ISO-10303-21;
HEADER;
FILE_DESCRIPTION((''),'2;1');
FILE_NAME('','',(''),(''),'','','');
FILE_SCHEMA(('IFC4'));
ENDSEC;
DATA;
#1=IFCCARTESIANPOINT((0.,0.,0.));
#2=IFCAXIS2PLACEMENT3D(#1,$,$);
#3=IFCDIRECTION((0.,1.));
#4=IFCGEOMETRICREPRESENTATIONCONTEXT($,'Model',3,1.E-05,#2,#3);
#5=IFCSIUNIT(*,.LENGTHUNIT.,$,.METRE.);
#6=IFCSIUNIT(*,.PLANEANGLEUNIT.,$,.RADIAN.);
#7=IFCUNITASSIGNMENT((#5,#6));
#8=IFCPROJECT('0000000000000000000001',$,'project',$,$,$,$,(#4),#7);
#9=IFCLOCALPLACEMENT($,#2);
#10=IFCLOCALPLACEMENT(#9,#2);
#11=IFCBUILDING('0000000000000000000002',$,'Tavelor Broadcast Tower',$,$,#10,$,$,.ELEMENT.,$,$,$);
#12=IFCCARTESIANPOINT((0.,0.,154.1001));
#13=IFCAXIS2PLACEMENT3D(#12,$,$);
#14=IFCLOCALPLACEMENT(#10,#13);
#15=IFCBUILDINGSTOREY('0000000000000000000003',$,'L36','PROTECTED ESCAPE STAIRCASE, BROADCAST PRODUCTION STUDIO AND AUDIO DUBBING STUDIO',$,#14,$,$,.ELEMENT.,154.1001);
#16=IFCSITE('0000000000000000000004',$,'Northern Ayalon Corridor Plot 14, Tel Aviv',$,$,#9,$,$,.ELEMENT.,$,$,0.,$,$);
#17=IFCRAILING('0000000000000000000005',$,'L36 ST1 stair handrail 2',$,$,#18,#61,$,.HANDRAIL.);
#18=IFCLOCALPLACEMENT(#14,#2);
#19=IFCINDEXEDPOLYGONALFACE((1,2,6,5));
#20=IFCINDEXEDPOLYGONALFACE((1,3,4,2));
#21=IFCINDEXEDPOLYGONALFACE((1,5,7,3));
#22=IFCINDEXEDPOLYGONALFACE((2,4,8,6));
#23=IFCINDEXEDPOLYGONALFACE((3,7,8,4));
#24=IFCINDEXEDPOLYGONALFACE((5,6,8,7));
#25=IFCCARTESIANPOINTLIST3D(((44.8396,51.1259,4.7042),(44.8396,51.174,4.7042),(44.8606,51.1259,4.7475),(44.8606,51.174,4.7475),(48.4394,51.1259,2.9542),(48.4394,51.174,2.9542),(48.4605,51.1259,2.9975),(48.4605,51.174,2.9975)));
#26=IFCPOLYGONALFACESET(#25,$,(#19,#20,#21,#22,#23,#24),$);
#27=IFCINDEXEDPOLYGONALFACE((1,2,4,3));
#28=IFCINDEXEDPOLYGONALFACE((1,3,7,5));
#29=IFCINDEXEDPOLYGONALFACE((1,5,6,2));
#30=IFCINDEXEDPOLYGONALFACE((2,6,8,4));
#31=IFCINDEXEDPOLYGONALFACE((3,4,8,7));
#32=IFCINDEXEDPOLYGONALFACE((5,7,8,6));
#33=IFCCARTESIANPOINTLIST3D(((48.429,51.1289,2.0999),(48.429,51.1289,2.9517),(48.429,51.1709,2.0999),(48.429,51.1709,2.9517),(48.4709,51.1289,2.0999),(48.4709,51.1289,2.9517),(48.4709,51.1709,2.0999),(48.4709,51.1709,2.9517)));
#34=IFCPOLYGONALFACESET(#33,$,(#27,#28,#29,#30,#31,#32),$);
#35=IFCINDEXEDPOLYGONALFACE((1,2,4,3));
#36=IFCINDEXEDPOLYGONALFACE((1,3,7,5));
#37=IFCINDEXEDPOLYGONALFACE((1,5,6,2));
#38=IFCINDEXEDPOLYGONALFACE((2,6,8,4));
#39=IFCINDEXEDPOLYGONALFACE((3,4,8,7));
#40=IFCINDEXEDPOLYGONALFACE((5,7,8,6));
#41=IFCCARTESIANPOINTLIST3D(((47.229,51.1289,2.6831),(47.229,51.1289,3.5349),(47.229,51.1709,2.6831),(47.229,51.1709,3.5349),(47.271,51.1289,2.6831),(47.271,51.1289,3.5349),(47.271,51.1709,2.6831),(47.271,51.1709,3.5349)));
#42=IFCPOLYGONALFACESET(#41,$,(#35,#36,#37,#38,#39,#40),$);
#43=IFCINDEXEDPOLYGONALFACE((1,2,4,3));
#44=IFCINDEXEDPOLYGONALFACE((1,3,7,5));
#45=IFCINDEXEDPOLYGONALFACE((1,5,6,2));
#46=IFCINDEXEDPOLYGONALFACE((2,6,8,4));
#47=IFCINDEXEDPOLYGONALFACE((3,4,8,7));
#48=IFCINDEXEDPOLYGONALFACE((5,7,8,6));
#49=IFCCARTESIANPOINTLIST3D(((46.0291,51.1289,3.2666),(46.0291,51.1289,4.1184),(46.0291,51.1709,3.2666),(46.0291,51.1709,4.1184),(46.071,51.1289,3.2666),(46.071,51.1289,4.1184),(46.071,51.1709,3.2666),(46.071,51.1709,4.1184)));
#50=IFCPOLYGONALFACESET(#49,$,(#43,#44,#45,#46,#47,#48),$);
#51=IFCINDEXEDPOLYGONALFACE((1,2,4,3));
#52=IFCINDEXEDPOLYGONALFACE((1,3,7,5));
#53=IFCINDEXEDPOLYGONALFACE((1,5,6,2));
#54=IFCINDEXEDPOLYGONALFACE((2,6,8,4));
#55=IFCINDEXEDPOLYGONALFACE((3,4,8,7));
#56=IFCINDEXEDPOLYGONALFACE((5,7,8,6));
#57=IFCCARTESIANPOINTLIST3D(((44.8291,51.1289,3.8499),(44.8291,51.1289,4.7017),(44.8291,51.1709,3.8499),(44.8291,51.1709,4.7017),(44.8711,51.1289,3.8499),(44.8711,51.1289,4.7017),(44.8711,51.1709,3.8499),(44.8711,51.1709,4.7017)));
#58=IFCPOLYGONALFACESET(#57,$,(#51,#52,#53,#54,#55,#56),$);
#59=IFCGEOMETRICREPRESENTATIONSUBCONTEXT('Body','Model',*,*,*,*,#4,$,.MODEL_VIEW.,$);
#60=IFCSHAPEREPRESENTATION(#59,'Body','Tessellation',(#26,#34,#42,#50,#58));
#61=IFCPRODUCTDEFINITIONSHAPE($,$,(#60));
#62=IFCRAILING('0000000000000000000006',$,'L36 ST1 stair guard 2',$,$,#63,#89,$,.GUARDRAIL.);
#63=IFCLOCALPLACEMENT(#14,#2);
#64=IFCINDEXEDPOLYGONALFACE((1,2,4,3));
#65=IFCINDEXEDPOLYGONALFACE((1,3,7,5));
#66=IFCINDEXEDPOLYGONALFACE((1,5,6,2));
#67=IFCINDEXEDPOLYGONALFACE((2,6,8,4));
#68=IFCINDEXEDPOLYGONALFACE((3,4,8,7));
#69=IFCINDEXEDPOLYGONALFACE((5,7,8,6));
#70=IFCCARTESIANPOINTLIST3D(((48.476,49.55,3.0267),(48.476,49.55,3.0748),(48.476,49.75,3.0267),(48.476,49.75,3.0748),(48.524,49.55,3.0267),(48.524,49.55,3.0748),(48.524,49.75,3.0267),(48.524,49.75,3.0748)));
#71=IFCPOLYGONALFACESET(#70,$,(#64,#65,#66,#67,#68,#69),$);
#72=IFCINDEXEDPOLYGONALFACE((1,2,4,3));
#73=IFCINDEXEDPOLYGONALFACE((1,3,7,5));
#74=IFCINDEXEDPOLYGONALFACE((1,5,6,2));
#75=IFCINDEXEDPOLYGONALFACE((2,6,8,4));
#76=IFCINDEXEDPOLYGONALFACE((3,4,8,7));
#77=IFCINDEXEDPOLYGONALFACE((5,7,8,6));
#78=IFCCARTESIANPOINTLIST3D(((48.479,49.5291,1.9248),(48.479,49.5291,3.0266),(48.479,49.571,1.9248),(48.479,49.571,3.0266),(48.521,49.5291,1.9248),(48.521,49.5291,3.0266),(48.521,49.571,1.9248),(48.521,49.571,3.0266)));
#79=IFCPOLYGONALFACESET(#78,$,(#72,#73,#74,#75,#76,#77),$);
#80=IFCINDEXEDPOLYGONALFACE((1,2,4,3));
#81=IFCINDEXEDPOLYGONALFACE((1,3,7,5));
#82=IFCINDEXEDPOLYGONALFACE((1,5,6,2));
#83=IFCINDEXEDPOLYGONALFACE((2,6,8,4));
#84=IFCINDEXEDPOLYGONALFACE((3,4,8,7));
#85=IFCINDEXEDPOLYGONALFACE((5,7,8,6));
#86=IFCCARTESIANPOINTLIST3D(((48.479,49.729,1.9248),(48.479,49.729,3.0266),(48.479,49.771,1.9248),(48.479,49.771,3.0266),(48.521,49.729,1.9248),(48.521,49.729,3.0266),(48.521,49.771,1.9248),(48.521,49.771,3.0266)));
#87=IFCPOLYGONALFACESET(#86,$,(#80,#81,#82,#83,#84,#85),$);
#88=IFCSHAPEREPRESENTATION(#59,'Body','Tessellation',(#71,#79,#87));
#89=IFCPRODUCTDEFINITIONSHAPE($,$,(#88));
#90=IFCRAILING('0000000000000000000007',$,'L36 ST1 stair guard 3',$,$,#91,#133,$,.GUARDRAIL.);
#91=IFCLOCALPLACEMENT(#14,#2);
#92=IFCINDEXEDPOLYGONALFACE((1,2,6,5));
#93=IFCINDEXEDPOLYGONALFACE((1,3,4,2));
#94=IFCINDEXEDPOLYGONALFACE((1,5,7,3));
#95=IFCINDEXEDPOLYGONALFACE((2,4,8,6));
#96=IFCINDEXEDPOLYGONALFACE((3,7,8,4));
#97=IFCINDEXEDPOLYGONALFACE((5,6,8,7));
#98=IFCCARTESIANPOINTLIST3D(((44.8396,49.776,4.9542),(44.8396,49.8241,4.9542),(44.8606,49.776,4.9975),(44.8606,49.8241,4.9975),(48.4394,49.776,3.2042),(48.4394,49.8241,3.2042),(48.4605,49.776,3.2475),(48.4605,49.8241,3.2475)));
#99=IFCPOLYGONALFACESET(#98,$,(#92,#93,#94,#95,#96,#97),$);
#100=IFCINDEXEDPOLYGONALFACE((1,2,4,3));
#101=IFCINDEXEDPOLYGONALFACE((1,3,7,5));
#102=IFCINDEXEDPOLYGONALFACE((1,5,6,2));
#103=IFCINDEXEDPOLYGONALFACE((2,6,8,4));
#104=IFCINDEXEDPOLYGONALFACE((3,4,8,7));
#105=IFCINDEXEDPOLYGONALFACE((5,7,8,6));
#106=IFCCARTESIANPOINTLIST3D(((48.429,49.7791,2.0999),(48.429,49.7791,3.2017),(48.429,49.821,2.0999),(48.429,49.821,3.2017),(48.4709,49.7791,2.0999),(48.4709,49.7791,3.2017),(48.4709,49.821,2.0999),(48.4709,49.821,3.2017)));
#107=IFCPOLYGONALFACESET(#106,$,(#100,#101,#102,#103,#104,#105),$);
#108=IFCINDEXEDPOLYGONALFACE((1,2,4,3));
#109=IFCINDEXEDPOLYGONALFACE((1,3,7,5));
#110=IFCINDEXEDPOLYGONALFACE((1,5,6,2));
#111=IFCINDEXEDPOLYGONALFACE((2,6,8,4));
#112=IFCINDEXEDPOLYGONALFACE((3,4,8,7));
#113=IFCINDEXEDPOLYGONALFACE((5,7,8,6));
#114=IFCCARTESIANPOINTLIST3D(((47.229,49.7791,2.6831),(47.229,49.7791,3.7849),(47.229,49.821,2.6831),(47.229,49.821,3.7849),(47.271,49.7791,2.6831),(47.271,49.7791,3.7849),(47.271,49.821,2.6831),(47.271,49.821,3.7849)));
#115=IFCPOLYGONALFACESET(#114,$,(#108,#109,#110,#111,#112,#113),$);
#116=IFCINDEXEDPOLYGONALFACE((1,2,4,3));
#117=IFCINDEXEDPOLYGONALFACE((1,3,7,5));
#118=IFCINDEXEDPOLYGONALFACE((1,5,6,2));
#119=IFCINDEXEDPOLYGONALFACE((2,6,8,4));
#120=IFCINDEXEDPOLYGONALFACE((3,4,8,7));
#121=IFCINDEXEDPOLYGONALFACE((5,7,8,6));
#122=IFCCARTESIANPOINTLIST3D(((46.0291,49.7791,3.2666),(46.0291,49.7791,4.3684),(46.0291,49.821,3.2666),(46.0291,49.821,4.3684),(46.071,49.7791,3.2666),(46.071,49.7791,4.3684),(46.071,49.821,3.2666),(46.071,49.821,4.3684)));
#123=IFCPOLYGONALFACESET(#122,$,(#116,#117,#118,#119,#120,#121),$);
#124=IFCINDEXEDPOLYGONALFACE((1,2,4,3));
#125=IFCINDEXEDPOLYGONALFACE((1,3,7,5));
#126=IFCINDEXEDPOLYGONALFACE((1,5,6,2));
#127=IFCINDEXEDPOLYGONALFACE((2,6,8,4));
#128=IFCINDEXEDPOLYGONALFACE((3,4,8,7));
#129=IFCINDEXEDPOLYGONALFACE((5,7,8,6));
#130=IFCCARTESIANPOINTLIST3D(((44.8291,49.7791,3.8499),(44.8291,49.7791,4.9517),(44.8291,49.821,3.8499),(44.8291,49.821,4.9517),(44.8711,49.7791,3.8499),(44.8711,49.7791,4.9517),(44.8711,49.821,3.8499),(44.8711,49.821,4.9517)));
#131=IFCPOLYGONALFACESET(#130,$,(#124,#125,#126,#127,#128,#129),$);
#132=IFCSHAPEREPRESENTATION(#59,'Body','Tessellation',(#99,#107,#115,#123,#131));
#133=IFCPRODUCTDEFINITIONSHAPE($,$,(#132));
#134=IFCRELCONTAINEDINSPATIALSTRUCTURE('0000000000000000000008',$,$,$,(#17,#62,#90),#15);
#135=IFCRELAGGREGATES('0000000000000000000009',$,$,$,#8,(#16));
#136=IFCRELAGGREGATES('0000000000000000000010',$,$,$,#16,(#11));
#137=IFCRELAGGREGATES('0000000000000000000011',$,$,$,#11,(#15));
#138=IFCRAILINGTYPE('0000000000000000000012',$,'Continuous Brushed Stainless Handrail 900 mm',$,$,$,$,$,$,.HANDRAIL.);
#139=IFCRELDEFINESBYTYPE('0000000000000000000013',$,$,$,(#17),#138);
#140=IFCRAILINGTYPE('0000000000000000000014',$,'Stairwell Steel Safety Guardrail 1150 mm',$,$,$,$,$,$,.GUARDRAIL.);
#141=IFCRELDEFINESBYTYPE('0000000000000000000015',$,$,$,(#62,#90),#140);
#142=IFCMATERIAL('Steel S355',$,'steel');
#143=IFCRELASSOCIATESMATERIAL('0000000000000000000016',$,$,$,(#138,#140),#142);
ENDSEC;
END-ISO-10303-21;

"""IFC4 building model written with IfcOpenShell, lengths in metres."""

from ifc_helpers import new_model, si_unit, direction, frame, origin, origin_2d, place, context, subcontext, project, spatial, rectangle, extrude, material, type_object, element, save


model = new_model("IFC4")

# Units and contexts
model_context = context("Model", 3, precision=1e-05, world=origin(), true_north=direction((0.0, 1.0)))
body_context = subcontext(model_context, "Body", "Model", "MODEL_VIEW")
ifc_project = project(units=[si_unit("LENGTHUNIT", "METRE"), si_unit("PLANEANGLEUNIT", "RADIAN")], contexts=[model_context])

# Site, building, storey
site_placement = place(None, origin())
site = spatial("IfcSite", under=ifc_project, at=site_placement, Name="Northern Ayalon Corridor Plot 14, Tel Aviv", CompositionType="ELEMENT", RefElevation=0.0)
building_placement = place(site_placement, origin())
building = spatial("IfcBuilding", under=site, at=building_placement, Name="Tavelor Broadcast Tower", CompositionType="ELEMENT")
storey_placement = place(building_placement, frame((0.0, 0.0, 154.1001)))
storey = spatial("IfcBuildingStorey", under=building, at=storey_placement, Name="L36", Description="PROTECTED ESCAPE STAIRCASE, BROADCAST PRODUCTION STUDIO AND AUDIO DUBBING STUDIO", CompositionType="ELEMENT", Elevation=154.1001)

# Shared definitions
ifc_material_1 = material(Name="Steel S355", Category="steel")

# Railings
railing_type_1 = type_object("IfcRailingType", Name="Continuous Brushed Stainless Handrail 900 mm", PredefinedType="HANDRAIL", material=ifc_material_1)
railing_1_placement = place(storey_placement, frame((48.45, 51.1499, 2.0999)))
element("IfcRailing", 1, at=railing_1_placement, inside=storey, type_object=railing_type_1, Name="L36 ST1 stair handrail 2", PredefinedType="HANDRAIL", context=body_context, shape_type="SweptSolid", body=[
    extrude(rectangle(XDim=0.0481, YDim=0.0481, at=origin_2d()), frame((0.0, 0.0, 0.876), z_axis=(-0.899361, 0.0, 0.437207), x_axis=(0.0, -1.0, 0.0)), (0.0, 0.0, 1.0), 4.0027),
    extrude(rectangle(XDim=0.042, YDim=0.042, at=origin_2d()), origin(), (0.0, 0.0, 1.0), 0.8518),
    extrude(rectangle(XDim=0.042, YDim=0.042, at=origin_2d()), frame((-1.2, 0.0, 0.5833)), (0.0, 0.0, 1.0), 0.8518),
    extrude(rectangle(XDim=0.042, YDim=0.042, at=origin_2d()), frame((-2.3999, 0.0, 1.1667)), (0.0, 0.0, 1.0), 0.8518),
    extrude(rectangle(XDim=0.042, YDim=0.042, at=origin_2d()), frame((-3.5999, 0.0, 1.75)), (0.0, 0.0, 1.0), 0.8518),
])
railing_type_2 = type_object("IfcRailingType", Name="Stairwell Steel Safety Guardrail 1150 mm", PredefinedType="GUARDRAIL", material=ifc_material_1)
railing_2_placement = place(storey_placement, frame((48.5, 49.55, 1.9248)))
element("IfcRailing", 2, at=railing_2_placement, inside=storey, type_object=railing_type_2, Name="L36 ST1 stair guard 2", PredefinedType="GUARDRAIL", context=body_context, shape_type="SweptSolid", body=[
    extrude(rectangle(XDim=0.0481, YDim=0.0481, at=origin_2d()), frame((0.0, 0.0, 1.126), z_axis=(0.0, 1.0, 0.0), x_axis=(-1.0, 0.0, 0.0)), (0.0, 0.0, 1.0), 0.2),
    extrude(rectangle(XDim=0.042, YDim=0.042, at=origin_2d()), origin(), (0.0, 0.0, 1.0), 1.1018),
    extrude(rectangle(XDim=0.042, YDim=0.042, at=origin_2d()), frame((0.0, 0.2, 0.0)), (0.0, 0.0, 1.0), 1.1018),
])
railing_3_placement = place(storey_placement, frame((48.45, 49.8, 2.0999)))
element("IfcRailing", 3, at=railing_3_placement, inside=storey, type_object=railing_type_2, Name="L36 ST1 stair guard 3", PredefinedType="GUARDRAIL", context=body_context, shape_type="SweptSolid", body=[
    extrude(rectangle(XDim=0.0481, YDim=0.0481, at=origin_2d()), frame((0.0, 0.0, 1.126), z_axis=(-0.899361, 0.0, 0.437207), x_axis=(0.0, -1.0, 0.0)), (0.0, 0.0, 1.0), 4.0027),
    extrude(rectangle(XDim=0.042, YDim=0.042, at=origin_2d()), origin(), (0.0, 0.0, 1.0), 1.1018),
    extrude(rectangle(XDim=0.042, YDim=0.042, at=origin_2d()), frame((-1.2, 0.0, 0.5833)), (0.0, 0.0, 1.0), 1.1018),
    extrude(rectangle(XDim=0.042, YDim=0.042, at=origin_2d()), frame((-2.3999, 0.0, 1.1667)), (0.0, 0.0, 1.0), 1.1018),
    extrude(rectangle(XDim=0.042, YDim=0.042, at=origin_2d()), frame((-3.5999, 0.0, 1.75)), (0.0, 0.0, 1.0), 1.1018),
])

save(model, "model.ifc")
